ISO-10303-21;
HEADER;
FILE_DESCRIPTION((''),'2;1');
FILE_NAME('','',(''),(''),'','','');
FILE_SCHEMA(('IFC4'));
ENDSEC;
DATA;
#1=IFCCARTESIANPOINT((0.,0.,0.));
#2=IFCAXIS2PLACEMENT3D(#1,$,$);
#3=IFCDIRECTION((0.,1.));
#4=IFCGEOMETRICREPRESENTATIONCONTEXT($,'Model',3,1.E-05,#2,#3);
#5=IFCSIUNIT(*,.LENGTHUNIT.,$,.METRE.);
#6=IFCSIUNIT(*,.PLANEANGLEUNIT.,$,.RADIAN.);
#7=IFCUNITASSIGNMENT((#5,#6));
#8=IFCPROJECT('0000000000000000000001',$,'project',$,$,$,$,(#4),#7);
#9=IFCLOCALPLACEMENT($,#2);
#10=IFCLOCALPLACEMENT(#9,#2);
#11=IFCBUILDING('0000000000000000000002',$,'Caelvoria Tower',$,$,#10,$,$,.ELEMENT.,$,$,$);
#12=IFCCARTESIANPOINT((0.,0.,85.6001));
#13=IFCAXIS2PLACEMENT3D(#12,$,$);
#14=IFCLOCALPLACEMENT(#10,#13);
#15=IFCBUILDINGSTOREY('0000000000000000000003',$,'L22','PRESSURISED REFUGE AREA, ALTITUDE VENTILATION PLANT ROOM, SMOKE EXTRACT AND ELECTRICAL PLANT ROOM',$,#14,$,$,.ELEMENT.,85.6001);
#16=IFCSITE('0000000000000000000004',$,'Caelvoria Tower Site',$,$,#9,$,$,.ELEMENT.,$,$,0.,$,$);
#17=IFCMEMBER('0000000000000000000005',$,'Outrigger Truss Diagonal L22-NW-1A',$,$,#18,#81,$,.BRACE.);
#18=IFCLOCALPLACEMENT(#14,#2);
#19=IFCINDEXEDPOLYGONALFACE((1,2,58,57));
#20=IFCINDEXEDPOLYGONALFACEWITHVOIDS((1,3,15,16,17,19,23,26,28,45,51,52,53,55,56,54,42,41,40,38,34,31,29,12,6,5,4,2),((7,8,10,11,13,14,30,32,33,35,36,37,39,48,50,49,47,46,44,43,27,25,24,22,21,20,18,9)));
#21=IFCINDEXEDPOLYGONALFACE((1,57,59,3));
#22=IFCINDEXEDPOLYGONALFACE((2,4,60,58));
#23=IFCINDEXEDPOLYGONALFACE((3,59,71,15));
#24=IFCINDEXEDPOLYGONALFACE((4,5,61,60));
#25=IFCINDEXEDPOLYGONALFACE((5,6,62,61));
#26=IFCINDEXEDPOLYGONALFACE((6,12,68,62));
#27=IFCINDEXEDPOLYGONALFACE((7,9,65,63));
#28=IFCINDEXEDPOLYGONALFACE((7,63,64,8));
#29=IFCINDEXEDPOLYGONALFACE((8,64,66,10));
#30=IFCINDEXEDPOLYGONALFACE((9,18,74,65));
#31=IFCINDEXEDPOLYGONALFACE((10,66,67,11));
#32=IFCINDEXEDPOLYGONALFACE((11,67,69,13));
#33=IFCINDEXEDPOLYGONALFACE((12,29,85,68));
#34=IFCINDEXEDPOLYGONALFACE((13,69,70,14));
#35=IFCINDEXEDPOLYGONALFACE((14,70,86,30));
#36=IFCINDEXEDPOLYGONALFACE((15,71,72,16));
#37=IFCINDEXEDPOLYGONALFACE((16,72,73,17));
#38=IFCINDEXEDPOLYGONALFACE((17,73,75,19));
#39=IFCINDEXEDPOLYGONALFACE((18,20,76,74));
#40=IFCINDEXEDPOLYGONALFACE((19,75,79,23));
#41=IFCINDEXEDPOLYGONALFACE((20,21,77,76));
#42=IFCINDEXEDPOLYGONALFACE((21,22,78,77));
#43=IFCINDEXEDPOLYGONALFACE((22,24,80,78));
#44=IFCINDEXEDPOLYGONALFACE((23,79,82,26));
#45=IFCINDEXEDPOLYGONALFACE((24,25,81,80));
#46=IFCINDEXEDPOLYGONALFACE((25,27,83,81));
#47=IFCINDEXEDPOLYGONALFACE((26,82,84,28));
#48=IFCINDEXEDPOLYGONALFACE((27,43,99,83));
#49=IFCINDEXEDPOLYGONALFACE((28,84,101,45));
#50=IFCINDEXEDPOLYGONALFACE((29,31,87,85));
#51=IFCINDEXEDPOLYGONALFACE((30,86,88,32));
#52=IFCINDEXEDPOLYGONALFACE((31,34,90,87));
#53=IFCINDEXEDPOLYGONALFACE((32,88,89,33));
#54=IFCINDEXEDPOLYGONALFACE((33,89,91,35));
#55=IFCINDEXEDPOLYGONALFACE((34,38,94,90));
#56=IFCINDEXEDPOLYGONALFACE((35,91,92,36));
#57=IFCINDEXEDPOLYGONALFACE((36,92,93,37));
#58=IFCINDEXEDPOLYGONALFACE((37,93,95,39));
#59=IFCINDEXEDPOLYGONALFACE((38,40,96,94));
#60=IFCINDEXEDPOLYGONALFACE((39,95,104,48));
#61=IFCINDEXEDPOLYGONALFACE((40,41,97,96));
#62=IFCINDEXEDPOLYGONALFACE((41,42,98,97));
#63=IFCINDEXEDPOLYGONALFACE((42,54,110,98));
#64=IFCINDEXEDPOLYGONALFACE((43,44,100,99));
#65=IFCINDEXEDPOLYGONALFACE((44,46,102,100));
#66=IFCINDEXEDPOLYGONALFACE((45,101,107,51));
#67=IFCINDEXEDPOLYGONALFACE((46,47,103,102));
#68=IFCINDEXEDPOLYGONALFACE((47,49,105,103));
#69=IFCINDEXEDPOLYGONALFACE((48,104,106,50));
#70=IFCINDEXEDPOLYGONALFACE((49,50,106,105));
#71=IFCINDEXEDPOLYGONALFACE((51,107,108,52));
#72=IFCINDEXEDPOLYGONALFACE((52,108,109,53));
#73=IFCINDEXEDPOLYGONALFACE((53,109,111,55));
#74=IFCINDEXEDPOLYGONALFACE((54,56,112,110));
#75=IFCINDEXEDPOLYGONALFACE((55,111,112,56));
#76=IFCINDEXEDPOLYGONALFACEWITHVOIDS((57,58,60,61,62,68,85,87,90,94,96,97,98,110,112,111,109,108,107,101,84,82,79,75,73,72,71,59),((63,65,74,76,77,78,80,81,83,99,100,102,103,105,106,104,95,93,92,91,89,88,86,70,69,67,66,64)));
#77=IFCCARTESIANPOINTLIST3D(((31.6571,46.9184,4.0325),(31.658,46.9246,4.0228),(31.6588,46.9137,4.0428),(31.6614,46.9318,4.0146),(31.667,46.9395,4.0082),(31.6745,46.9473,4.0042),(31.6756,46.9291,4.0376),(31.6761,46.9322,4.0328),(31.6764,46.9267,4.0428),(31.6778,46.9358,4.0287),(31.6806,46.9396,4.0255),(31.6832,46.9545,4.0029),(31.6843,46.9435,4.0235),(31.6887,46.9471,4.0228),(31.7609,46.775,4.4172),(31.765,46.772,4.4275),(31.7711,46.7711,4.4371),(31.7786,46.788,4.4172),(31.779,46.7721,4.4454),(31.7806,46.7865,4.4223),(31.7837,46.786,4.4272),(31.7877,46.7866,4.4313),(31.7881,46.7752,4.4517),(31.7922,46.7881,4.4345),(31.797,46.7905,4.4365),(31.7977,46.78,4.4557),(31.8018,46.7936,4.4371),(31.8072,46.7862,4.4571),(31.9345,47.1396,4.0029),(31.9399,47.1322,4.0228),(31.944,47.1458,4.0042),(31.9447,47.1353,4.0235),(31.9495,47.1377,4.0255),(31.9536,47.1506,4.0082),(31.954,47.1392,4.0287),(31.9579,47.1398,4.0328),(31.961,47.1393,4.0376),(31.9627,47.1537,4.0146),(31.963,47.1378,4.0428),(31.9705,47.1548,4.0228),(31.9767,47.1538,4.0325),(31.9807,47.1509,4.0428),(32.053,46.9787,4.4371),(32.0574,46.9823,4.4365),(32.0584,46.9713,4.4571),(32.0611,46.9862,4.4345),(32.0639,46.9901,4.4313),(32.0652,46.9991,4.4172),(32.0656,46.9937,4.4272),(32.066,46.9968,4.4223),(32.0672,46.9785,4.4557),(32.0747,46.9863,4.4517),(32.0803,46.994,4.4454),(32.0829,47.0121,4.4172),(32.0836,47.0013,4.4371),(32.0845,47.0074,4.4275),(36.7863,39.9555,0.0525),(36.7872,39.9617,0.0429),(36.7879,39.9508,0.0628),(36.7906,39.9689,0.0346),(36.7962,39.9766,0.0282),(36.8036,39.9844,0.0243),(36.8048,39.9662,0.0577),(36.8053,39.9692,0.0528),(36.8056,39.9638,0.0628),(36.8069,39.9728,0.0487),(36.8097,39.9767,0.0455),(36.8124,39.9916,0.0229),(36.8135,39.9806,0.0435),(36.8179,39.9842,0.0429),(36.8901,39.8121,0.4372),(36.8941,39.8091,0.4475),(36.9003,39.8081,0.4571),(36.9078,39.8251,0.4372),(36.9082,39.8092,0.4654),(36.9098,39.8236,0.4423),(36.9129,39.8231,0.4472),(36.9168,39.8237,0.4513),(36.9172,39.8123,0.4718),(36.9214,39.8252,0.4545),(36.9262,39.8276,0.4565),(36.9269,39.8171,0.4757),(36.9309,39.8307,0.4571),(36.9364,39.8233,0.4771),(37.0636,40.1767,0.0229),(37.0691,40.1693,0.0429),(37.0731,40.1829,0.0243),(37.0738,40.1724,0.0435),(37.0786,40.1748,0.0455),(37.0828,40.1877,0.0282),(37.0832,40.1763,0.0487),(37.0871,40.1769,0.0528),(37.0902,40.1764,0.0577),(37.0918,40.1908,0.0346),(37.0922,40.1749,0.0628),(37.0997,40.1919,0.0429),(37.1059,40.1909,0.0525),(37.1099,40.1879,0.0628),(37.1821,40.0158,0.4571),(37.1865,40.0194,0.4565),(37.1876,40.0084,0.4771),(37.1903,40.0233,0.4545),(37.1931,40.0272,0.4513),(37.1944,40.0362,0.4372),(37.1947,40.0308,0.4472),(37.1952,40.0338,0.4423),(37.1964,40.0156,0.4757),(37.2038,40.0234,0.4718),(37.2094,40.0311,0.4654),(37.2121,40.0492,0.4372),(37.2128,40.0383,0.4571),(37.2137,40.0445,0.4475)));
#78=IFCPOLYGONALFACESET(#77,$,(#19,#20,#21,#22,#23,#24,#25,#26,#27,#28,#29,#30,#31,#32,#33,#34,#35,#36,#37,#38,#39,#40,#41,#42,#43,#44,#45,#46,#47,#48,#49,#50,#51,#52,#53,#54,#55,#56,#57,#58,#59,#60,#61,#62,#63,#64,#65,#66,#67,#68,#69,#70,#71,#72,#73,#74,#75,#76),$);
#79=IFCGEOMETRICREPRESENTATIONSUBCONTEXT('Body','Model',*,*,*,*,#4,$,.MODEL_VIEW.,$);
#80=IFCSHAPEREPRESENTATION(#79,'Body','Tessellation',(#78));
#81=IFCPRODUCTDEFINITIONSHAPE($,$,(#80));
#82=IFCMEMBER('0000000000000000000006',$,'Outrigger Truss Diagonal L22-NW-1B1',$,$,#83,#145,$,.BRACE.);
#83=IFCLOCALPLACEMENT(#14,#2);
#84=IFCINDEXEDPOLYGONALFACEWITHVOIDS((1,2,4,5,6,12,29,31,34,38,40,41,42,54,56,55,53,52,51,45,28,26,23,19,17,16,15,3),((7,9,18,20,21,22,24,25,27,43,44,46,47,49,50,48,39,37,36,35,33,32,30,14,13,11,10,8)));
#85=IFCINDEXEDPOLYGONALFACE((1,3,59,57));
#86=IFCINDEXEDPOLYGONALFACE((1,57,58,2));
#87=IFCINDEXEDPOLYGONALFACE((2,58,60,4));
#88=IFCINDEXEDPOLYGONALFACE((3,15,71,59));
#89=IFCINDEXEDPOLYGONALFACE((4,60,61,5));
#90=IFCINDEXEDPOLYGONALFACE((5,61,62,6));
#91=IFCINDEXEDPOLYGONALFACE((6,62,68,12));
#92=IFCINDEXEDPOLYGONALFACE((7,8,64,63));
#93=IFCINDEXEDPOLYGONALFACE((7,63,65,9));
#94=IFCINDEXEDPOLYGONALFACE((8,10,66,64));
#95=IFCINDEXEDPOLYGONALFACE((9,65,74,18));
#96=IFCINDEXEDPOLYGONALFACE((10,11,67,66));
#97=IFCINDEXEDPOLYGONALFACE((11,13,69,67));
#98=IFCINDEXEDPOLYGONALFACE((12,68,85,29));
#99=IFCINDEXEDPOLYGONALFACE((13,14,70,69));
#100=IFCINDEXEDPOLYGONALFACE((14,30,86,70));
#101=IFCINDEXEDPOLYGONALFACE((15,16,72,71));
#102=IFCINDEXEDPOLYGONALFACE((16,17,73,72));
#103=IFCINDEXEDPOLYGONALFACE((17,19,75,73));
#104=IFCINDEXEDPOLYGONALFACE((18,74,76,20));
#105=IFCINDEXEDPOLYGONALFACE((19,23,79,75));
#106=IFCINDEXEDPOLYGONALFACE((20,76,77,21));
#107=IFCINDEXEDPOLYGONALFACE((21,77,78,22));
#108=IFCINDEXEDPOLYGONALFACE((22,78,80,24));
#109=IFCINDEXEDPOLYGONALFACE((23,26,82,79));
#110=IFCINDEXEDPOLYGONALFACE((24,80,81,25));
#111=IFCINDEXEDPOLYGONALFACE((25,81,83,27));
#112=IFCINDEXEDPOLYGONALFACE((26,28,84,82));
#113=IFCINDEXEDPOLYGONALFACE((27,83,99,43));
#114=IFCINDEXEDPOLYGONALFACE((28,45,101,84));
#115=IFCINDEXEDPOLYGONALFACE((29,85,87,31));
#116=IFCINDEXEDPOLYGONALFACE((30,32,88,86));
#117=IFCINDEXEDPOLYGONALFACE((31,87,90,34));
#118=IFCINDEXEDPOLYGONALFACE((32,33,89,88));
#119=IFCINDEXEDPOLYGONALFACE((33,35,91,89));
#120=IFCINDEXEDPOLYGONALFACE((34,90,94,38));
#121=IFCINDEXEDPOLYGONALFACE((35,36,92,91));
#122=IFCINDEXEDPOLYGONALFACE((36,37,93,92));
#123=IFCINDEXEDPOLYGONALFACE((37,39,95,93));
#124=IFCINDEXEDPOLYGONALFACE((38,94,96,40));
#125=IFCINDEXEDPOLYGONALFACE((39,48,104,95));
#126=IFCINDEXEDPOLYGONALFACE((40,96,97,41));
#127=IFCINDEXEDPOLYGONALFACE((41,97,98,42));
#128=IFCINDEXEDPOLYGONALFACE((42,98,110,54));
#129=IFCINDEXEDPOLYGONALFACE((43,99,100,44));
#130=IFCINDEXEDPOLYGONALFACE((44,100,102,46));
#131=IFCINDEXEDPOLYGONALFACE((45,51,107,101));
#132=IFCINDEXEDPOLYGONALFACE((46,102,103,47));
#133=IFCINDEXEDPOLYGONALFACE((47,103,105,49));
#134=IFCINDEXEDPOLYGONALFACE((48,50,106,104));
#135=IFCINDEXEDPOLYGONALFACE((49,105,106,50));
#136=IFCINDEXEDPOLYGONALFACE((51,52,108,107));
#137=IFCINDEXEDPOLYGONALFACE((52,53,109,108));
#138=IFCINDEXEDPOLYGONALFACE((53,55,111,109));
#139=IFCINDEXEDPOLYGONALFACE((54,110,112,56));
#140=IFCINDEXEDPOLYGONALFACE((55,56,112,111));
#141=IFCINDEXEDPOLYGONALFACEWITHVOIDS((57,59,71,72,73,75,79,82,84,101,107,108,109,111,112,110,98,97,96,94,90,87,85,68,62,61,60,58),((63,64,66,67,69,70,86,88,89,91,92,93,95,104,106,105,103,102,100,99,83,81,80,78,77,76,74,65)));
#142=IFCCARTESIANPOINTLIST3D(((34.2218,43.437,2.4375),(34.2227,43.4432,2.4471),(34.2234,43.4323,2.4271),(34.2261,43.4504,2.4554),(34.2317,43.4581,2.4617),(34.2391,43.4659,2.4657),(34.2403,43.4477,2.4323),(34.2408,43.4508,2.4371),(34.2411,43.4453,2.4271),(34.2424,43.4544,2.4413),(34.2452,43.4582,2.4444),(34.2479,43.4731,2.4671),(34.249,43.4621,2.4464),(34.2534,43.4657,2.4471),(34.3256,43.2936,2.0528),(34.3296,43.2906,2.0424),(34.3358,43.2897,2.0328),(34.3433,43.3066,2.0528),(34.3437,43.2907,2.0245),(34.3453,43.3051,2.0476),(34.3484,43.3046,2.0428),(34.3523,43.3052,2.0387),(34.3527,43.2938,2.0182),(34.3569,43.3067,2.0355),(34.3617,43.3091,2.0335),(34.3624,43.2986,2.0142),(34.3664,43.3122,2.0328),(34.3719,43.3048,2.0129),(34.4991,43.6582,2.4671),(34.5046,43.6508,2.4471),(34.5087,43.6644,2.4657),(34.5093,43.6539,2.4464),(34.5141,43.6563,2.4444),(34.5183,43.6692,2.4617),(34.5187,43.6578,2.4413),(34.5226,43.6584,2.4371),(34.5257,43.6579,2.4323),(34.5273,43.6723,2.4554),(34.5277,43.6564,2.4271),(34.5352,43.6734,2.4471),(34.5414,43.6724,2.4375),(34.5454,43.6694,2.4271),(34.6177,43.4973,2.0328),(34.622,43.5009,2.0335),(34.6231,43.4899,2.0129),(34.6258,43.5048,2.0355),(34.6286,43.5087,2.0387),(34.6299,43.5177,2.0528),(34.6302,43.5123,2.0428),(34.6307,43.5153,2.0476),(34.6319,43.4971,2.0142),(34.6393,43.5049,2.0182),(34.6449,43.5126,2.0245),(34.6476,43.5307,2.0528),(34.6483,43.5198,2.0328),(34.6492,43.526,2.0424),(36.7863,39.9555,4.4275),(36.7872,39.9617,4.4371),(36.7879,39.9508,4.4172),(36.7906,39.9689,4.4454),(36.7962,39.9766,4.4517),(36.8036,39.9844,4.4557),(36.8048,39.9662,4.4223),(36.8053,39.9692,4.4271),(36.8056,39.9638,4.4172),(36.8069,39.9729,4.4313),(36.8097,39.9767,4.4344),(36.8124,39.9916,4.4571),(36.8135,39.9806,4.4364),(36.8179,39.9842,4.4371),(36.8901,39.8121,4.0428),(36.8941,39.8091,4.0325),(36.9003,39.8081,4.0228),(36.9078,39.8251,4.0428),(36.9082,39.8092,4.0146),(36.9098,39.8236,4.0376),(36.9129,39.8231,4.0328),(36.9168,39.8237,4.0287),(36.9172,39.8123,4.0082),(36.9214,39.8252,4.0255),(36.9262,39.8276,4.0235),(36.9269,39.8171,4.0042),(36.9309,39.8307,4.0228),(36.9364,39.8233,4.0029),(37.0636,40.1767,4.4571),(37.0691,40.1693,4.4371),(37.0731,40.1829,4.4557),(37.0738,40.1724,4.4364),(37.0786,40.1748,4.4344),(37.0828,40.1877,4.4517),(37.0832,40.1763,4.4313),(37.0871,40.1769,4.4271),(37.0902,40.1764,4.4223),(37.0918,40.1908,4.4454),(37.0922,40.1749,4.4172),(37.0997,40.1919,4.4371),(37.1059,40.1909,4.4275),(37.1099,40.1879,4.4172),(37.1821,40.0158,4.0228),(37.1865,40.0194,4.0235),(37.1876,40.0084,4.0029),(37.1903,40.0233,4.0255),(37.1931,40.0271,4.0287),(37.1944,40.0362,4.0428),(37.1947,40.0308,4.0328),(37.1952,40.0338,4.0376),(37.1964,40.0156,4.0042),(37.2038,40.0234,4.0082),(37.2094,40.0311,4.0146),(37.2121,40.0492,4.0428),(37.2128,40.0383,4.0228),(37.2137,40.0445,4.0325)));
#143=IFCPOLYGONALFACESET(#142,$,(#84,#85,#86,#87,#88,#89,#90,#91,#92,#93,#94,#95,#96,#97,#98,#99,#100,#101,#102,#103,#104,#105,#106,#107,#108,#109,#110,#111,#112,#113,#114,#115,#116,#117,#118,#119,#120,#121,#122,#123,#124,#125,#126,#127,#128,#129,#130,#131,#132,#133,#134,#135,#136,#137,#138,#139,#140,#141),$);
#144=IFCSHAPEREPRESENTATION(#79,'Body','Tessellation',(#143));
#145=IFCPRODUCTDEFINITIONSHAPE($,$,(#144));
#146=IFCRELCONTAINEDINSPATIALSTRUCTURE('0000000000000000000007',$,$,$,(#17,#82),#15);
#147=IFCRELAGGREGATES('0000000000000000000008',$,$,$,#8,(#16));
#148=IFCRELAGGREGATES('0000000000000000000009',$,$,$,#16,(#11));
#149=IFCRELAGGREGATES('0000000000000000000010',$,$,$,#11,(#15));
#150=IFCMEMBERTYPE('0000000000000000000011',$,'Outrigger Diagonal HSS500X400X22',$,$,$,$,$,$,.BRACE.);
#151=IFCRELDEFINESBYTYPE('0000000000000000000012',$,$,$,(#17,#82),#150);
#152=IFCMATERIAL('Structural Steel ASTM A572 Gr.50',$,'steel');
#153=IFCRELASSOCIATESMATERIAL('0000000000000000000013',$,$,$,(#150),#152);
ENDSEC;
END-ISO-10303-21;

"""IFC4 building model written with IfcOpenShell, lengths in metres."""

from ifc_helpers import new_model, si_unit, direction, frame, origin, origin_2d, place, context, subcontext, project, spatial, hollow_rectangle, extrude, material, material_profile, profile_set, type_object, element, save


model = new_model("IFC4")

# Units and contexts
model_context = context("Model", 3, precision=1e-05, world=origin(), true_north=direction((0.0, 1.0)))
body_context = subcontext(model_context, "Body", "Model", "MODEL_VIEW")
ifc_project = project(units=[si_unit("LENGTHUNIT", "METRE"), si_unit("PLANEANGLEUNIT", "RADIAN")], contexts=[model_context])

# Site, building, storey
site_placement = place(None, origin())
site = spatial("IfcSite", under=ifc_project, at=site_placement, Name="Caelvoria Tower Site", CompositionType="ELEMENT", RefElevation=0.0)
building_placement = place(site_placement, origin())
building = spatial("IfcBuilding", under=site, at=building_placement, Name="Caelvoria Tower", CompositionType="ELEMENT")
storey_placement = place(building_placement, frame((0.0, 0.0, 85.6001)))
storey = spatial("IfcBuildingStorey", under=building, at=storey_placement, Name="L22", Description="PRESSURISED REFUGE AREA, ALTITUDE VENTILATION PLANT ROOM, SMOKE EXTRACT AND ELECTRICAL PLANT ROOM", CompositionType="ELEMENT", Elevation=85.6001)

# Shared definitions
ifc_material_1 = material(Name="Structural Steel ASTM A572 Gr.50", Category="steel")

# Members
ifc_material_profile_1 = material_profile(ifc_material_1, hollow_rectangle(XDim=0.3999, YDim=0.5, WallThickness=0.022, InnerFilletRadius=0.022, OuterFilletRadius=0.0439, at=origin_2d()), Name="Structural Steel ASTM A572 Gr.50")
ifc_profile_set_1 = profile_set([ifc_material_profile_1], Name="HSS500X400X22 - Structural Steel ASTM A572 Gr.50")
member_type_1 = type_object("IfcMemberType", Name="Outrigger Diagonal HSS500X400X22", PredefinedType="BRACE", material=ifc_profile_set_1)
member_1_placement = place(storey_placement, frame((37.0, 40.0, 0.25), z_axis=(-0.538777, 0.731397, 0.418065), x_axis=(-0.805133, -0.593094, 0.0)))
element("IfcMember", 1, at=member_1_placement, inside=storey, type_object=member_type_1, Name="Outrigger Truss Diagonal L22-NW-1A", PredefinedType="BRACE", context=body_context, shape_type="SweptSolid", body=[
    extrude(hollow_rectangle(XDim=0.3999, YDim=0.5, WallThickness=0.022, InnerFilletRadius=0.022, OuterFilletRadius=0.0439, at=origin_2d()), origin(), (0.0, 0.0, 1.0), 9.52),
])
for number, where, z_axis, x_axis, name in (
    (2, (37.0, 40.0, 4.23), (-0.538758, 0.731407, -0.418071), (-0.805147, -0.593076, 0.0), "Outrigger Truss Diagonal L22-NW-1B1"),
):
    element("IfcMember", number, at=place(storey_placement, frame(where, z_axis=z_axis, x_axis=x_axis)), inside=storey, type_object=member_type_1, Name=name, PredefinedType="BRACE", context=body_context, shape_type="SweptSolid", body=[
        extrude(hollow_rectangle(XDim=0.3999, YDim=0.5, WallThickness=0.022, InnerFilletRadius=0.022, OuterFilletRadius=0.0439, at=origin_2d()), origin(), (0.0, 0.0, 1.0), 4.76),
    ])

save(model, "model.ifc")
